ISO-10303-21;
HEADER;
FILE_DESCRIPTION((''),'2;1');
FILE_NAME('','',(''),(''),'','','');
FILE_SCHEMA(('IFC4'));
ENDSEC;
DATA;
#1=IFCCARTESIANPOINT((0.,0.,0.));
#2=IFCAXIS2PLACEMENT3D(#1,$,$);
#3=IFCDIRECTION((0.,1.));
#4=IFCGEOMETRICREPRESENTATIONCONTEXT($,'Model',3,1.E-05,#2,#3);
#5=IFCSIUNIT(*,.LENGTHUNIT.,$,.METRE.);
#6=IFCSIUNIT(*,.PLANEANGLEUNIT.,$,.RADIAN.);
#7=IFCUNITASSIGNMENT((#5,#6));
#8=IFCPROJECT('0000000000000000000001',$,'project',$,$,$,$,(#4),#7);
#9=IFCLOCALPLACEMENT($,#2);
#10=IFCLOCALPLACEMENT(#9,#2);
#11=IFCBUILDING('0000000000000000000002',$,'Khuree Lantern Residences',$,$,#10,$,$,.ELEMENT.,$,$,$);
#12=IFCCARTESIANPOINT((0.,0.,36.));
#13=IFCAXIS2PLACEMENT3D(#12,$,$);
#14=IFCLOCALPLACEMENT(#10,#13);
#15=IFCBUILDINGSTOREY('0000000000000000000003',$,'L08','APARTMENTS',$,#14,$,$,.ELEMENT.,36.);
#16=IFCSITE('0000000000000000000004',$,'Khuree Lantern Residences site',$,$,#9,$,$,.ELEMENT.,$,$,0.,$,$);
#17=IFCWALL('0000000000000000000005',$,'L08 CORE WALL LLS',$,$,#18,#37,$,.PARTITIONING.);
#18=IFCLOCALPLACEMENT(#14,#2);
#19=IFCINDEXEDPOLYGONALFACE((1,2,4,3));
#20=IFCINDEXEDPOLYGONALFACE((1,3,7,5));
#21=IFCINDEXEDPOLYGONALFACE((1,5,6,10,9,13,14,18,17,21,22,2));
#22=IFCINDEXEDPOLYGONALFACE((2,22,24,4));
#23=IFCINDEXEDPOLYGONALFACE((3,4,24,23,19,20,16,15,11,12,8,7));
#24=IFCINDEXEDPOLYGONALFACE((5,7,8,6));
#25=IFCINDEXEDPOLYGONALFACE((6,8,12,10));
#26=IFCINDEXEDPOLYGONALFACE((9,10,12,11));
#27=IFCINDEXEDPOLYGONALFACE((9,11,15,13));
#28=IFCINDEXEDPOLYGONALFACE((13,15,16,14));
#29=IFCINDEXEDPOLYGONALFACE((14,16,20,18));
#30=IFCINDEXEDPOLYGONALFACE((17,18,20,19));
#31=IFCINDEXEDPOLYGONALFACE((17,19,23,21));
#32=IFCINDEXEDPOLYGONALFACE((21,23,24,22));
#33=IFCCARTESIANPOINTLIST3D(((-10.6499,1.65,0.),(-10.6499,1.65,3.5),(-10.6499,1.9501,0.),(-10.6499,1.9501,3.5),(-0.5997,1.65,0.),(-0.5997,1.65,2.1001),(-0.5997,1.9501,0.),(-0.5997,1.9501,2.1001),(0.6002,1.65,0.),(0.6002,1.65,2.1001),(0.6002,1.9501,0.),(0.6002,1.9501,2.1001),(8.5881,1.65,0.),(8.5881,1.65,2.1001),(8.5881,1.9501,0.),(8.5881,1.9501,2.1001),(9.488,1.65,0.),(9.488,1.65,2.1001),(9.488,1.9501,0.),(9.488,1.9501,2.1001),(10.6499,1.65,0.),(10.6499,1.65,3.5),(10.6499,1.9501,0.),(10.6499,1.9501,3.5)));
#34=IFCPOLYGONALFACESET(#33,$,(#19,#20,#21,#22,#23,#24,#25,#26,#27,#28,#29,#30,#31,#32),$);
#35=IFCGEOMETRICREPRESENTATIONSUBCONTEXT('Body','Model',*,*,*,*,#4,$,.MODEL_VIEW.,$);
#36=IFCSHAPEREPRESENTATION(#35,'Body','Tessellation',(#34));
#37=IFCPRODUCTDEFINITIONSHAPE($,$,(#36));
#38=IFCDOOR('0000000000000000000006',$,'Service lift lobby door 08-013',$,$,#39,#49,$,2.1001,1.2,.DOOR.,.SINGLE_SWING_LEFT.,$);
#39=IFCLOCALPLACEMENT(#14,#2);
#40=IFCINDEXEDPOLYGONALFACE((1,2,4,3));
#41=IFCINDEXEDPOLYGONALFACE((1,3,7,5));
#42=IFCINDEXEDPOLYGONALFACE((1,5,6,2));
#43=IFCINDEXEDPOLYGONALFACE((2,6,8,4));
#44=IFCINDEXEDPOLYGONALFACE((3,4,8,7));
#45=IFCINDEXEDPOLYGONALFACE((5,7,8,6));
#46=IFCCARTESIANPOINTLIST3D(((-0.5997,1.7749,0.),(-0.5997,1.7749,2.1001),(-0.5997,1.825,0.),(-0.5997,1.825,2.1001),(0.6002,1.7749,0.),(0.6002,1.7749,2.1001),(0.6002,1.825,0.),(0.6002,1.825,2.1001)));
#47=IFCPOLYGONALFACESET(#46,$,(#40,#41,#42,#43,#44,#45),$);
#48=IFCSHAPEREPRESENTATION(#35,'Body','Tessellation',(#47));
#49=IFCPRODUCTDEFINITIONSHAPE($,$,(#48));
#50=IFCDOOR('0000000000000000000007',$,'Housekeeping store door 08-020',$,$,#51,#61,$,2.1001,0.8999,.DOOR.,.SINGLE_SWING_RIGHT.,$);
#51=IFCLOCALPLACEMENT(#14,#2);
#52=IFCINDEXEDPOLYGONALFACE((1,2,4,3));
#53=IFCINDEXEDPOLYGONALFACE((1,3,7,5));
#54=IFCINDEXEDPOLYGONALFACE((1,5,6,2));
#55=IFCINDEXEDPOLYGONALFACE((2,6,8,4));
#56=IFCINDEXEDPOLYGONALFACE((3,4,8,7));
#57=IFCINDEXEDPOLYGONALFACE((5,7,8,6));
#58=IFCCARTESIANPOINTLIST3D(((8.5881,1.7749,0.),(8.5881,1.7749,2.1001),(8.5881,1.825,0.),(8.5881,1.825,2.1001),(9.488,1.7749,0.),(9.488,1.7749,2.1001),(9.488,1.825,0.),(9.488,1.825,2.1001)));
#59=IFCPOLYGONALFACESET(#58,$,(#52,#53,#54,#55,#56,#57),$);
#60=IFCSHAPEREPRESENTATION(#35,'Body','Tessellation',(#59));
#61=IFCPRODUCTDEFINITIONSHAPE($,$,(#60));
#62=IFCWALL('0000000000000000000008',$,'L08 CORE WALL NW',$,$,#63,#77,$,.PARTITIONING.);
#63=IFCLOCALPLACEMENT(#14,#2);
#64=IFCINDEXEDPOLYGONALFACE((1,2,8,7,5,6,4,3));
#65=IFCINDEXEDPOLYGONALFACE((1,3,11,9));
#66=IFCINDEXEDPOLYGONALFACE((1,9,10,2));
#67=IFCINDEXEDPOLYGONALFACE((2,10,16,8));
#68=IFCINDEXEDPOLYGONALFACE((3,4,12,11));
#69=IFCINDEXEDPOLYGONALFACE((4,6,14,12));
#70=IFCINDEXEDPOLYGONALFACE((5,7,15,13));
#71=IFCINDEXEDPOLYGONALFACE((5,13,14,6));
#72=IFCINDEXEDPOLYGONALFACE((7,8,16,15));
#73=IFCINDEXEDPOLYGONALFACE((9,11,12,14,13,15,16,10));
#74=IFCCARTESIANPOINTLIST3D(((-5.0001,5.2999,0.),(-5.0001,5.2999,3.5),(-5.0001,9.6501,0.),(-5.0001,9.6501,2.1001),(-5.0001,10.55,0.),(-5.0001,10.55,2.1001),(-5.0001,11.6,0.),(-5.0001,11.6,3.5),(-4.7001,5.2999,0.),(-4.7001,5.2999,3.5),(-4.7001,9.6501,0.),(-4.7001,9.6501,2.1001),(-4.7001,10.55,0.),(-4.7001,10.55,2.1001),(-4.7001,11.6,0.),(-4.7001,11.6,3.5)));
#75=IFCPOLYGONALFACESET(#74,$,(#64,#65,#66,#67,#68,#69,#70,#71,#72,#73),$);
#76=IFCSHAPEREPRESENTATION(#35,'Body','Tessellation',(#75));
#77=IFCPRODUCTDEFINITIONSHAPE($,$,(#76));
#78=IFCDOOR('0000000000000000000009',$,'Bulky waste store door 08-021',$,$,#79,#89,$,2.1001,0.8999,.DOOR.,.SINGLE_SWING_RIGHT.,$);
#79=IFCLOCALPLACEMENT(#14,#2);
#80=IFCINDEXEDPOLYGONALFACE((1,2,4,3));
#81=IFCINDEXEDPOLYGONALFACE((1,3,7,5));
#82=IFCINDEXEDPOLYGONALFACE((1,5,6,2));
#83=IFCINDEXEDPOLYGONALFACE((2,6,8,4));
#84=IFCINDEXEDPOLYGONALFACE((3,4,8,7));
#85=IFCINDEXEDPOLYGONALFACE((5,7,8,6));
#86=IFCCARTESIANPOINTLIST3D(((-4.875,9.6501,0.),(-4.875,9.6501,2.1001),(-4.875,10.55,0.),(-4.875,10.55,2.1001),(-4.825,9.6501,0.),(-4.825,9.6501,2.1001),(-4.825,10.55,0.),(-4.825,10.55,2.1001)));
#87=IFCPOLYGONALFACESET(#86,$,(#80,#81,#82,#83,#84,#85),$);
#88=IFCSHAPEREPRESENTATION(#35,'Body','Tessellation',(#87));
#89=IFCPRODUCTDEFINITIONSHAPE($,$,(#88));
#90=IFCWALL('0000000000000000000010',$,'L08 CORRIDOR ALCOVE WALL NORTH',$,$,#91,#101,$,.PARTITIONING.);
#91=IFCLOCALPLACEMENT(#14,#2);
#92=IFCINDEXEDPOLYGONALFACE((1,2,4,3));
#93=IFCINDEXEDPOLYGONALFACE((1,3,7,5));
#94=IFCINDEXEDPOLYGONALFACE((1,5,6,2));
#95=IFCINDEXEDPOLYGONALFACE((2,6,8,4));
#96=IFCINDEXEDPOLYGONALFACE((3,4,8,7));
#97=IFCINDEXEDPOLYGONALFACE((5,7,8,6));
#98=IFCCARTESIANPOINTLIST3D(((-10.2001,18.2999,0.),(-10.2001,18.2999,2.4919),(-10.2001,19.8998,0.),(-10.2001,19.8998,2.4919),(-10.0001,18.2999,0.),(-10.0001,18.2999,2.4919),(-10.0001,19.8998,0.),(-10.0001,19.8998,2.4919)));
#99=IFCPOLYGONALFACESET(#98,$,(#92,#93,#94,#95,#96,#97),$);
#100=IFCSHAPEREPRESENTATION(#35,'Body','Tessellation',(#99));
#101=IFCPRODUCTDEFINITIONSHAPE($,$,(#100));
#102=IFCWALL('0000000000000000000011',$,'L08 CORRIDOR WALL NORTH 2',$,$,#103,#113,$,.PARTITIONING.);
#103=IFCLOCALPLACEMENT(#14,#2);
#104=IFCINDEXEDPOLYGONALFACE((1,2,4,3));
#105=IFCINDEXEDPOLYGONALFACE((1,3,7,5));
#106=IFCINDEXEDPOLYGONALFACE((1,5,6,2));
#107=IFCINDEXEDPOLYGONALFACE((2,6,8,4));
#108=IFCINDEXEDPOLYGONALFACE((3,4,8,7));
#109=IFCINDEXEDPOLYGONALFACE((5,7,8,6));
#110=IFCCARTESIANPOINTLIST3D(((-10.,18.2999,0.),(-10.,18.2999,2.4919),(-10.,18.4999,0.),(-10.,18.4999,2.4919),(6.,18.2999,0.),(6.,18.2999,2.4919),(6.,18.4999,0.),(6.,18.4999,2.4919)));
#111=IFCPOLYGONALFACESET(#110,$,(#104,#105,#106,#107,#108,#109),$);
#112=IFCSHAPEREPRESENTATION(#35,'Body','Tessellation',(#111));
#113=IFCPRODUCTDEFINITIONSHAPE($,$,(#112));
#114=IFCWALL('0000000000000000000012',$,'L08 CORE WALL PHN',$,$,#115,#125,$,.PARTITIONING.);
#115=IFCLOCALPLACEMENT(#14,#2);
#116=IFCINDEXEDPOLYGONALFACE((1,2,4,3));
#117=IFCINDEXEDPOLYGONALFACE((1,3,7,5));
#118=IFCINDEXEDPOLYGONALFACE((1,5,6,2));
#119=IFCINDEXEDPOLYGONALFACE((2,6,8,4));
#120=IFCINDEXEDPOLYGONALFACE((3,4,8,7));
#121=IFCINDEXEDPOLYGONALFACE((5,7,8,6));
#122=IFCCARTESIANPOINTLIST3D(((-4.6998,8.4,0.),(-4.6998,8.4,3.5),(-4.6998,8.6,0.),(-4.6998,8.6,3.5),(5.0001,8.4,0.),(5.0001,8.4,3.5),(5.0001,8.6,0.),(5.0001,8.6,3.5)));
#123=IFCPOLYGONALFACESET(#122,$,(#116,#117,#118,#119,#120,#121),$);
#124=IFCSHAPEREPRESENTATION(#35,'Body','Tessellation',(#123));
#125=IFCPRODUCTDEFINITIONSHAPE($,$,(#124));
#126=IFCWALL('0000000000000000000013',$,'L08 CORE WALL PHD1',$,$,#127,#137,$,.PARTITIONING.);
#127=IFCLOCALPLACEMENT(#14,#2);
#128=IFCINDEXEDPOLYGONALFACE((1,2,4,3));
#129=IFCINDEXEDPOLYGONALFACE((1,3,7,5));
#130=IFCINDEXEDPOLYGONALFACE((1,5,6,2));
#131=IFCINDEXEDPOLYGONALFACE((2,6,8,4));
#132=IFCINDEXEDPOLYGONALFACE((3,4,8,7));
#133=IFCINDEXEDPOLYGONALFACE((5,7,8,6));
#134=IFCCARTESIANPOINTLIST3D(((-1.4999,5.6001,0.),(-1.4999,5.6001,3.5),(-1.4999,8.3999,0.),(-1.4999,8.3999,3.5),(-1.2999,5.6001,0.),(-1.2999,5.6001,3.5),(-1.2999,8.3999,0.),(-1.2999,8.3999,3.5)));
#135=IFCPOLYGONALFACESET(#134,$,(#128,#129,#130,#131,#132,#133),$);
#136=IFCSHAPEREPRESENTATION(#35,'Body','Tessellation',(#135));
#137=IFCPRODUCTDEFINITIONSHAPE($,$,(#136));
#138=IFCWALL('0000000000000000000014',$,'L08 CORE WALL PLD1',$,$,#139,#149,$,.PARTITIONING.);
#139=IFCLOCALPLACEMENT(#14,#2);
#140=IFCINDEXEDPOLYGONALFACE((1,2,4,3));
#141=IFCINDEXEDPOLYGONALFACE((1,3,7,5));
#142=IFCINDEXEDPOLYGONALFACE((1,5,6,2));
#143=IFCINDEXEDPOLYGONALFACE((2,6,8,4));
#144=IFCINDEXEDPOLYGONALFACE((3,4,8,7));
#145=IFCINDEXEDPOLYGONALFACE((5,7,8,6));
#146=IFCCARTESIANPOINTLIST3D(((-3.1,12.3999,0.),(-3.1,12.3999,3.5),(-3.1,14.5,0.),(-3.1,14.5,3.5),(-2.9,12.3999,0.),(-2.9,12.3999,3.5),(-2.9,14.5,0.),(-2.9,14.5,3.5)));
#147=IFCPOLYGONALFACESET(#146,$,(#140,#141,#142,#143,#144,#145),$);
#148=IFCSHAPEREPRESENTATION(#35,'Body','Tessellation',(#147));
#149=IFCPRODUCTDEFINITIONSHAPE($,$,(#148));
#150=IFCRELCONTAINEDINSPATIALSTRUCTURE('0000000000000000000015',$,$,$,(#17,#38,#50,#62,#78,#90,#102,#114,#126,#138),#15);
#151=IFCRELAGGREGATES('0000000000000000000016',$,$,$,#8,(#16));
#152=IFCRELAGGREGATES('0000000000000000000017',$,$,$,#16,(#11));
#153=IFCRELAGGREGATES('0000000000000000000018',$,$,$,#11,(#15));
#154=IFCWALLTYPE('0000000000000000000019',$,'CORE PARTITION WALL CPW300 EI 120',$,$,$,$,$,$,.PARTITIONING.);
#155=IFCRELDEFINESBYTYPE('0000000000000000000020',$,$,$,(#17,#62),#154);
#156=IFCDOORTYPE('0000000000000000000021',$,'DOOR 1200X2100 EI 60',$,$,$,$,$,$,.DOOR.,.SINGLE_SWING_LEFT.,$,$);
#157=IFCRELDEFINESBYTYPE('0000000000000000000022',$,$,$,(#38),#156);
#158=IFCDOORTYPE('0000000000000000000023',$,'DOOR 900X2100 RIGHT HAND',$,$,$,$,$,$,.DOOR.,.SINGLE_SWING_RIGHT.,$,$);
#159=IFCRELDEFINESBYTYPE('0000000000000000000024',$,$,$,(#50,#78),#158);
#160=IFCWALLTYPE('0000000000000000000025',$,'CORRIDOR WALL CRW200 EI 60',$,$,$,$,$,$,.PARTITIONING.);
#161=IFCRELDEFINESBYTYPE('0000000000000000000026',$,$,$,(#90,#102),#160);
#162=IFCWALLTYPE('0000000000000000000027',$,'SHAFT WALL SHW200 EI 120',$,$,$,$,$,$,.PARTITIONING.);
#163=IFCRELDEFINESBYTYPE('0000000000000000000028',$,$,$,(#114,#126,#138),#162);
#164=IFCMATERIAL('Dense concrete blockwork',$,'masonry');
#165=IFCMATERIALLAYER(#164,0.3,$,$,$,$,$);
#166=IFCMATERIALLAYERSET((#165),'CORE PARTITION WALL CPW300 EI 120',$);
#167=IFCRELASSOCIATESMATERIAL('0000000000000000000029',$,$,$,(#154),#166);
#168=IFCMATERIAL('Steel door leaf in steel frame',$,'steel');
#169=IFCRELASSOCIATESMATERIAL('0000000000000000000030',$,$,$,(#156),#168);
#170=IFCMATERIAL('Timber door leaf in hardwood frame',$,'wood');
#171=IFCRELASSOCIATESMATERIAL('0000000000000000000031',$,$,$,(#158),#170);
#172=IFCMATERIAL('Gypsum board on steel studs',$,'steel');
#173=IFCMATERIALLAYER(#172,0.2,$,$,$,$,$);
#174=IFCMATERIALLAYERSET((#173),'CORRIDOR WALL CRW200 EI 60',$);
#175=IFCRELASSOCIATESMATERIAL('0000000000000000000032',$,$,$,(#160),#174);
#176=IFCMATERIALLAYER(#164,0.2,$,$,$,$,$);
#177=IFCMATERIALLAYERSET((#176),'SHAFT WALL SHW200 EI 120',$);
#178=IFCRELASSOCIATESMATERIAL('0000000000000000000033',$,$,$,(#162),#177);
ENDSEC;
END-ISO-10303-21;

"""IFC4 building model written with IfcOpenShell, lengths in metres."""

from ifc_helpers import new_model, si_unit, direction, frame, frame_2d, origin, place, context, subcontext, project, spatial, rectangle, extrude, material, layer, layer_set, type_object, element, fill, save


model = new_model("IFC4")

# Units and contexts
model_context = context("Model", 3, precision=1e-05, world=origin(), true_north=direction((0.0, 1.0)))
body_context = subcontext(model_context, "Body", "Model", "MODEL_VIEW")
ifc_project = project(units=[si_unit("LENGTHUNIT", "METRE"), si_unit("PLANEANGLEUNIT", "RADIAN")], contexts=[model_context])

# Site, building, storey
site_placement = place(None, origin())
site = spatial("IfcSite", under=ifc_project, at=site_placement, Name="Khuree Lantern Residences site", CompositionType="ELEMENT", RefElevation=0.0)
building_placement = place(site_placement, origin())
building = spatial("IfcBuilding", under=site, at=building_placement, Name="Khuree Lantern Residences", CompositionType="ELEMENT")
storey_placement = place(building_placement, frame((0.0, 0.0, 36.0)))
storey = spatial("IfcBuildingStorey", under=building, at=storey_placement, Name="L08", Description="APARTMENTS", CompositionType="ELEMENT", Elevation=36.0)

# Shared definitions
ifc_material_1 = material(Name="Dense concrete blockwork", Category="masonry")
ifc_layer_1 = layer(ifc_material_1, 0.3)
ifc_layer_set_1 = layer_set([ifc_layer_1], Name="CORE PARTITION WALL CPW300 EI 120")
wall_type_1 = type_object("IfcWallType", Name="CORE PARTITION WALL CPW300 EI 120", PredefinedType="PARTITIONING", material=ifc_layer_set_1)

# Wall, openings, doors
wall_1_placement = place(storey_placement, frame((-10.6499, 1.8, 0.0), z_axis=(0.0, 0.0, 1.0), x_axis=(1.0, 0.0, 0.0)))
wall_1 = element("IfcWall", 1, at=wall_1_placement, inside=storey, type_object=wall_type_1, Name="L08 CORE WALL LLS", PredefinedType="PARTITIONING", context=body_context, shape_type="SweptSolid", body=[
    extrude(rectangle(XDim=21.2998, YDim=0.3, at=frame_2d((10.6499, 0.0))), origin(), (0.0, 0.0, 1.0), 3.5),
])
opening_1_placement = place(wall_1_placement, frame((10.05, 0.0, 0.0)))
opening_1 = element("IfcOpeningElement", 2, at=opening_1_placement, cuts=wall_1, PredefinedType="OPENING", context=body_context, shape_type="SweptSolid", body=[
    extrude(rectangle(XDim=1.2, YDim=2.1001, at=frame_2d((0.6001, 1.05))), frame((0.0, 0.1602, 0.0), z_axis=(0.0, -1.0, 0.0), x_axis=(1.0, 0.0, 0.0)), (0.0, 0.0, 1.0), 0.3201),
])
opening_2_placement = place(wall_1_placement, frame((19.238, 0.0, 0.0)))
opening_2 = element("IfcOpeningElement", 3, at=opening_2_placement, cuts=wall_1, PredefinedType="OPENING", context=body_context, shape_type="SweptSolid", body=[
    extrude(rectangle(XDim=0.8999, YDim=2.1001, at=frame_2d((0.45, 1.05))), frame((0.0, 0.1602, 0.0), z_axis=(0.0, -1.0, 0.0), x_axis=(1.0, 0.0, 0.0)), (0.0, 0.0, 1.0), 0.3201),
])
ifc_material_2 = material(Name="Steel door leaf in steel frame", Category="steel")
door_type_1 = type_object("IfcDoorType", Name="DOOR 1200X2100 EI 60", OperationType="SINGLE_SWING_LEFT", PredefinedType="DOOR", material=ifc_material_2)
door_1_placement = place(opening_1_placement, origin())
door_1 = element("IfcDoor", 4, at=door_1_placement, inside=storey, type_object=door_type_1, Name="Service lift lobby door 08-013", OperationType="SINGLE_SWING_LEFT", OverallHeight=2.1001, OverallWidth=1.2, PredefinedType="DOOR", context=body_context, shape_type="SweptSolid", body=[
    extrude(rectangle(XDim=1.2, YDim=2.1001, at=frame_2d((0.6001, 1.05))), frame((0.0, 0.0249, 0.0), z_axis=(0.0, -1.0, 0.0), x_axis=(1.0, 0.0, 0.0)), (0.0, 0.0, 1.0), 0.05),
])
fill(opening_1, door_1)
ifc_material_3 = material(Name="Timber door leaf in hardwood frame", Category="wood")
door_type_2 = type_object("IfcDoorType", Name="DOOR 900X2100 RIGHT HAND", OperationType="SINGLE_SWING_RIGHT", PredefinedType="DOOR", material=ifc_material_3)
door_2_placement = place(opening_2_placement, origin())
door_2 = element("IfcDoor", 5, at=door_2_placement, inside=storey, type_object=door_type_2, Name="Housekeeping store door 08-020", OperationType="SINGLE_SWING_RIGHT", OverallHeight=2.1001, OverallWidth=0.8999, PredefinedType="DOOR", context=body_context, shape_type="SweptSolid", body=[
    extrude(rectangle(XDim=0.8999, YDim=2.1001, at=frame_2d((0.45, 1.05))), frame((0.0, 0.0249, 0.0), z_axis=(0.0, -1.0, 0.0), x_axis=(1.0, 0.0, 0.0)), (0.0, 0.0, 1.0), 0.05),
])
fill(opening_2, door_2)

# Wall, opening, door
wall_2_placement = place(storey_placement, frame((-4.8501, 5.3, 0.0), z_axis=(0.0, 0.0, 1.0), x_axis=(0.0, 1.0, 0.0)))
wall_2 = element("IfcWall", 6, at=wall_2_placement, inside=storey, type_object=wall_type_1, Name="L08 CORE WALL NW", PredefinedType="PARTITIONING", context=body_context, shape_type="SweptSolid", body=[
    extrude(rectangle(XDim=6.3, YDim=0.3, at=frame_2d((3.1499, 0.0))), origin(), (0.0, 0.0, 1.0), 3.5),
])
opening_3_placement = place(wall_2_placement, frame((4.3501, 0.0, 0.0)))
opening_3 = element("IfcOpeningElement", 7, at=opening_3_placement, cuts=wall_2, PredefinedType="OPENING", context=body_context, shape_type="SweptSolid", body=[
    extrude(rectangle(XDim=0.8999, YDim=2.1001, at=frame_2d((0.45, 1.05))), frame((0.0, 0.1602, 0.0), z_axis=(0.0, -1.0, 0.0), x_axis=(1.0, 0.0, 0.0)), (0.0, 0.0, 1.0), 0.3201),
])
door_3_placement = place(opening_3_placement, origin())
door_3 = element("IfcDoor", 8, at=door_3_placement, inside=storey, type_object=door_type_2, Name="Bulky waste store door 08-021", OperationType="SINGLE_SWING_RIGHT", OverallHeight=2.1001, OverallWidth=0.8999, PredefinedType="DOOR", context=body_context, shape_type="SweptSolid", body=[
    extrude(rectangle(XDim=0.8999, YDim=2.1001, at=frame_2d((0.45, 1.05))), frame((0.0, 0.0249, 0.0), z_axis=(0.0, -1.0, 0.0), x_axis=(1.0, 0.0, 0.0)), (0.0, 0.0, 1.0), 0.05),
])
fill(opening_3, door_3)

# Walls
ifc_material_4 = material(Name="Gypsum board on steel studs", Category="steel")
ifc_layer_2 = layer(ifc_material_4, 0.2)
ifc_layer_set_2 = layer_set([ifc_layer_2], Name="CORRIDOR WALL CRW200 EI 60")
wall_type_2 = type_object("IfcWallType", Name="CORRIDOR WALL CRW200 EI 60", PredefinedType="PARTITIONING", material=ifc_layer_set_2)
wall_3_placement = place(storey_placement, frame((-10.1001, 18.3, 0.0), z_axis=(0.0, 0.0, 1.0), x_axis=(0.0, 1.0, 0.0)))
element("IfcWall", 9, at=wall_3_placement, inside=storey, type_object=wall_type_2, Name="L08 CORRIDOR ALCOVE WALL NORTH", PredefinedType="PARTITIONING", context=body_context, shape_type="SweptSolid", body=[
    extrude(rectangle(XDim=1.5999, YDim=0.2, at=frame_2d((0.7998, 0.0))), origin(), (0.0, 0.0, 1.0), 2.4919),
])
wall_4_placement = place(storey_placement, frame((-10.0, 18.3999, 0.0), z_axis=(0.0, 0.0, 1.0), x_axis=(1.0, 0.0, 0.0)))
element("IfcWall", 10, at=wall_4_placement, inside=storey, type_object=wall_type_2, Name="L08 CORRIDOR WALL NORTH 2", PredefinedType="PARTITIONING", context=body_context, shape_type="SweptSolid", body=[
    extrude(rectangle(XDim=16.0, YDim=0.2, at=frame_2d((8.0, 0.0))), origin(), (0.0, 0.0, 1.0), 2.4919),
])
ifc_layer_3 = layer(ifc_material_1, 0.2)
ifc_layer_set_3 = layer_set([ifc_layer_3], Name="SHAFT WALL SHW200 EI 120")
wall_type_3 = type_object("IfcWallType", Name="SHAFT WALL SHW200 EI 120", PredefinedType="PARTITIONING", material=ifc_layer_set_3)
wall_5_placement = place(storey_placement, frame((-4.7, 8.5, 0.0), z_axis=(0.0, 0.0, 1.0), x_axis=(1.0, 0.0, 0.0)))
element("IfcWall", 11, at=wall_5_placement, inside=storey, type_object=wall_type_3, Name="L08 CORE WALL PHN", PredefinedType="PARTITIONING", context=body_context, shape_type="SweptSolid", body=[
    extrude(rectangle(XDim=9.7, YDim=0.2, at=frame_2d((4.8501, 0.0))), origin(), (0.0, 0.0, 1.0), 3.5),
])
wall_6_placement = place(storey_placement, frame((-1.3999, 5.6001, 0.0), z_axis=(0.0, 0.0, 1.0), x_axis=(0.0, 1.0, 0.0)))
element("IfcWall", 12, at=wall_6_placement, inside=storey, type_object=wall_type_3, Name="L08 CORE WALL PHD1", PredefinedType="PARTITIONING", context=body_context, shape_type="SweptSolid", body=[
    extrude(rectangle(XDim=2.7998, YDim=0.2, at=frame_2d((1.3999, 0.0))), origin(), (0.0, 0.0, 1.0), 3.5),
])
wall_7_placement = place(storey_placement, frame((-3.0, 12.3999, 0.0), z_axis=(0.0, 0.0, 1.0), x_axis=(0.0, 1.0, 0.0)))
element("IfcWall", 13, at=wall_7_placement, inside=storey, type_object=wall_type_3, Name="L08 CORE WALL PLD1", PredefinedType="PARTITIONING", context=body_context, shape_type="SweptSolid", body=[
    extrude(rectangle(XDim=2.1001, YDim=0.2, at=frame_2d((1.05, 0.0))), origin(), (0.0, 0.0, 1.0), 3.5),
])

save(model, "model.ifc")
